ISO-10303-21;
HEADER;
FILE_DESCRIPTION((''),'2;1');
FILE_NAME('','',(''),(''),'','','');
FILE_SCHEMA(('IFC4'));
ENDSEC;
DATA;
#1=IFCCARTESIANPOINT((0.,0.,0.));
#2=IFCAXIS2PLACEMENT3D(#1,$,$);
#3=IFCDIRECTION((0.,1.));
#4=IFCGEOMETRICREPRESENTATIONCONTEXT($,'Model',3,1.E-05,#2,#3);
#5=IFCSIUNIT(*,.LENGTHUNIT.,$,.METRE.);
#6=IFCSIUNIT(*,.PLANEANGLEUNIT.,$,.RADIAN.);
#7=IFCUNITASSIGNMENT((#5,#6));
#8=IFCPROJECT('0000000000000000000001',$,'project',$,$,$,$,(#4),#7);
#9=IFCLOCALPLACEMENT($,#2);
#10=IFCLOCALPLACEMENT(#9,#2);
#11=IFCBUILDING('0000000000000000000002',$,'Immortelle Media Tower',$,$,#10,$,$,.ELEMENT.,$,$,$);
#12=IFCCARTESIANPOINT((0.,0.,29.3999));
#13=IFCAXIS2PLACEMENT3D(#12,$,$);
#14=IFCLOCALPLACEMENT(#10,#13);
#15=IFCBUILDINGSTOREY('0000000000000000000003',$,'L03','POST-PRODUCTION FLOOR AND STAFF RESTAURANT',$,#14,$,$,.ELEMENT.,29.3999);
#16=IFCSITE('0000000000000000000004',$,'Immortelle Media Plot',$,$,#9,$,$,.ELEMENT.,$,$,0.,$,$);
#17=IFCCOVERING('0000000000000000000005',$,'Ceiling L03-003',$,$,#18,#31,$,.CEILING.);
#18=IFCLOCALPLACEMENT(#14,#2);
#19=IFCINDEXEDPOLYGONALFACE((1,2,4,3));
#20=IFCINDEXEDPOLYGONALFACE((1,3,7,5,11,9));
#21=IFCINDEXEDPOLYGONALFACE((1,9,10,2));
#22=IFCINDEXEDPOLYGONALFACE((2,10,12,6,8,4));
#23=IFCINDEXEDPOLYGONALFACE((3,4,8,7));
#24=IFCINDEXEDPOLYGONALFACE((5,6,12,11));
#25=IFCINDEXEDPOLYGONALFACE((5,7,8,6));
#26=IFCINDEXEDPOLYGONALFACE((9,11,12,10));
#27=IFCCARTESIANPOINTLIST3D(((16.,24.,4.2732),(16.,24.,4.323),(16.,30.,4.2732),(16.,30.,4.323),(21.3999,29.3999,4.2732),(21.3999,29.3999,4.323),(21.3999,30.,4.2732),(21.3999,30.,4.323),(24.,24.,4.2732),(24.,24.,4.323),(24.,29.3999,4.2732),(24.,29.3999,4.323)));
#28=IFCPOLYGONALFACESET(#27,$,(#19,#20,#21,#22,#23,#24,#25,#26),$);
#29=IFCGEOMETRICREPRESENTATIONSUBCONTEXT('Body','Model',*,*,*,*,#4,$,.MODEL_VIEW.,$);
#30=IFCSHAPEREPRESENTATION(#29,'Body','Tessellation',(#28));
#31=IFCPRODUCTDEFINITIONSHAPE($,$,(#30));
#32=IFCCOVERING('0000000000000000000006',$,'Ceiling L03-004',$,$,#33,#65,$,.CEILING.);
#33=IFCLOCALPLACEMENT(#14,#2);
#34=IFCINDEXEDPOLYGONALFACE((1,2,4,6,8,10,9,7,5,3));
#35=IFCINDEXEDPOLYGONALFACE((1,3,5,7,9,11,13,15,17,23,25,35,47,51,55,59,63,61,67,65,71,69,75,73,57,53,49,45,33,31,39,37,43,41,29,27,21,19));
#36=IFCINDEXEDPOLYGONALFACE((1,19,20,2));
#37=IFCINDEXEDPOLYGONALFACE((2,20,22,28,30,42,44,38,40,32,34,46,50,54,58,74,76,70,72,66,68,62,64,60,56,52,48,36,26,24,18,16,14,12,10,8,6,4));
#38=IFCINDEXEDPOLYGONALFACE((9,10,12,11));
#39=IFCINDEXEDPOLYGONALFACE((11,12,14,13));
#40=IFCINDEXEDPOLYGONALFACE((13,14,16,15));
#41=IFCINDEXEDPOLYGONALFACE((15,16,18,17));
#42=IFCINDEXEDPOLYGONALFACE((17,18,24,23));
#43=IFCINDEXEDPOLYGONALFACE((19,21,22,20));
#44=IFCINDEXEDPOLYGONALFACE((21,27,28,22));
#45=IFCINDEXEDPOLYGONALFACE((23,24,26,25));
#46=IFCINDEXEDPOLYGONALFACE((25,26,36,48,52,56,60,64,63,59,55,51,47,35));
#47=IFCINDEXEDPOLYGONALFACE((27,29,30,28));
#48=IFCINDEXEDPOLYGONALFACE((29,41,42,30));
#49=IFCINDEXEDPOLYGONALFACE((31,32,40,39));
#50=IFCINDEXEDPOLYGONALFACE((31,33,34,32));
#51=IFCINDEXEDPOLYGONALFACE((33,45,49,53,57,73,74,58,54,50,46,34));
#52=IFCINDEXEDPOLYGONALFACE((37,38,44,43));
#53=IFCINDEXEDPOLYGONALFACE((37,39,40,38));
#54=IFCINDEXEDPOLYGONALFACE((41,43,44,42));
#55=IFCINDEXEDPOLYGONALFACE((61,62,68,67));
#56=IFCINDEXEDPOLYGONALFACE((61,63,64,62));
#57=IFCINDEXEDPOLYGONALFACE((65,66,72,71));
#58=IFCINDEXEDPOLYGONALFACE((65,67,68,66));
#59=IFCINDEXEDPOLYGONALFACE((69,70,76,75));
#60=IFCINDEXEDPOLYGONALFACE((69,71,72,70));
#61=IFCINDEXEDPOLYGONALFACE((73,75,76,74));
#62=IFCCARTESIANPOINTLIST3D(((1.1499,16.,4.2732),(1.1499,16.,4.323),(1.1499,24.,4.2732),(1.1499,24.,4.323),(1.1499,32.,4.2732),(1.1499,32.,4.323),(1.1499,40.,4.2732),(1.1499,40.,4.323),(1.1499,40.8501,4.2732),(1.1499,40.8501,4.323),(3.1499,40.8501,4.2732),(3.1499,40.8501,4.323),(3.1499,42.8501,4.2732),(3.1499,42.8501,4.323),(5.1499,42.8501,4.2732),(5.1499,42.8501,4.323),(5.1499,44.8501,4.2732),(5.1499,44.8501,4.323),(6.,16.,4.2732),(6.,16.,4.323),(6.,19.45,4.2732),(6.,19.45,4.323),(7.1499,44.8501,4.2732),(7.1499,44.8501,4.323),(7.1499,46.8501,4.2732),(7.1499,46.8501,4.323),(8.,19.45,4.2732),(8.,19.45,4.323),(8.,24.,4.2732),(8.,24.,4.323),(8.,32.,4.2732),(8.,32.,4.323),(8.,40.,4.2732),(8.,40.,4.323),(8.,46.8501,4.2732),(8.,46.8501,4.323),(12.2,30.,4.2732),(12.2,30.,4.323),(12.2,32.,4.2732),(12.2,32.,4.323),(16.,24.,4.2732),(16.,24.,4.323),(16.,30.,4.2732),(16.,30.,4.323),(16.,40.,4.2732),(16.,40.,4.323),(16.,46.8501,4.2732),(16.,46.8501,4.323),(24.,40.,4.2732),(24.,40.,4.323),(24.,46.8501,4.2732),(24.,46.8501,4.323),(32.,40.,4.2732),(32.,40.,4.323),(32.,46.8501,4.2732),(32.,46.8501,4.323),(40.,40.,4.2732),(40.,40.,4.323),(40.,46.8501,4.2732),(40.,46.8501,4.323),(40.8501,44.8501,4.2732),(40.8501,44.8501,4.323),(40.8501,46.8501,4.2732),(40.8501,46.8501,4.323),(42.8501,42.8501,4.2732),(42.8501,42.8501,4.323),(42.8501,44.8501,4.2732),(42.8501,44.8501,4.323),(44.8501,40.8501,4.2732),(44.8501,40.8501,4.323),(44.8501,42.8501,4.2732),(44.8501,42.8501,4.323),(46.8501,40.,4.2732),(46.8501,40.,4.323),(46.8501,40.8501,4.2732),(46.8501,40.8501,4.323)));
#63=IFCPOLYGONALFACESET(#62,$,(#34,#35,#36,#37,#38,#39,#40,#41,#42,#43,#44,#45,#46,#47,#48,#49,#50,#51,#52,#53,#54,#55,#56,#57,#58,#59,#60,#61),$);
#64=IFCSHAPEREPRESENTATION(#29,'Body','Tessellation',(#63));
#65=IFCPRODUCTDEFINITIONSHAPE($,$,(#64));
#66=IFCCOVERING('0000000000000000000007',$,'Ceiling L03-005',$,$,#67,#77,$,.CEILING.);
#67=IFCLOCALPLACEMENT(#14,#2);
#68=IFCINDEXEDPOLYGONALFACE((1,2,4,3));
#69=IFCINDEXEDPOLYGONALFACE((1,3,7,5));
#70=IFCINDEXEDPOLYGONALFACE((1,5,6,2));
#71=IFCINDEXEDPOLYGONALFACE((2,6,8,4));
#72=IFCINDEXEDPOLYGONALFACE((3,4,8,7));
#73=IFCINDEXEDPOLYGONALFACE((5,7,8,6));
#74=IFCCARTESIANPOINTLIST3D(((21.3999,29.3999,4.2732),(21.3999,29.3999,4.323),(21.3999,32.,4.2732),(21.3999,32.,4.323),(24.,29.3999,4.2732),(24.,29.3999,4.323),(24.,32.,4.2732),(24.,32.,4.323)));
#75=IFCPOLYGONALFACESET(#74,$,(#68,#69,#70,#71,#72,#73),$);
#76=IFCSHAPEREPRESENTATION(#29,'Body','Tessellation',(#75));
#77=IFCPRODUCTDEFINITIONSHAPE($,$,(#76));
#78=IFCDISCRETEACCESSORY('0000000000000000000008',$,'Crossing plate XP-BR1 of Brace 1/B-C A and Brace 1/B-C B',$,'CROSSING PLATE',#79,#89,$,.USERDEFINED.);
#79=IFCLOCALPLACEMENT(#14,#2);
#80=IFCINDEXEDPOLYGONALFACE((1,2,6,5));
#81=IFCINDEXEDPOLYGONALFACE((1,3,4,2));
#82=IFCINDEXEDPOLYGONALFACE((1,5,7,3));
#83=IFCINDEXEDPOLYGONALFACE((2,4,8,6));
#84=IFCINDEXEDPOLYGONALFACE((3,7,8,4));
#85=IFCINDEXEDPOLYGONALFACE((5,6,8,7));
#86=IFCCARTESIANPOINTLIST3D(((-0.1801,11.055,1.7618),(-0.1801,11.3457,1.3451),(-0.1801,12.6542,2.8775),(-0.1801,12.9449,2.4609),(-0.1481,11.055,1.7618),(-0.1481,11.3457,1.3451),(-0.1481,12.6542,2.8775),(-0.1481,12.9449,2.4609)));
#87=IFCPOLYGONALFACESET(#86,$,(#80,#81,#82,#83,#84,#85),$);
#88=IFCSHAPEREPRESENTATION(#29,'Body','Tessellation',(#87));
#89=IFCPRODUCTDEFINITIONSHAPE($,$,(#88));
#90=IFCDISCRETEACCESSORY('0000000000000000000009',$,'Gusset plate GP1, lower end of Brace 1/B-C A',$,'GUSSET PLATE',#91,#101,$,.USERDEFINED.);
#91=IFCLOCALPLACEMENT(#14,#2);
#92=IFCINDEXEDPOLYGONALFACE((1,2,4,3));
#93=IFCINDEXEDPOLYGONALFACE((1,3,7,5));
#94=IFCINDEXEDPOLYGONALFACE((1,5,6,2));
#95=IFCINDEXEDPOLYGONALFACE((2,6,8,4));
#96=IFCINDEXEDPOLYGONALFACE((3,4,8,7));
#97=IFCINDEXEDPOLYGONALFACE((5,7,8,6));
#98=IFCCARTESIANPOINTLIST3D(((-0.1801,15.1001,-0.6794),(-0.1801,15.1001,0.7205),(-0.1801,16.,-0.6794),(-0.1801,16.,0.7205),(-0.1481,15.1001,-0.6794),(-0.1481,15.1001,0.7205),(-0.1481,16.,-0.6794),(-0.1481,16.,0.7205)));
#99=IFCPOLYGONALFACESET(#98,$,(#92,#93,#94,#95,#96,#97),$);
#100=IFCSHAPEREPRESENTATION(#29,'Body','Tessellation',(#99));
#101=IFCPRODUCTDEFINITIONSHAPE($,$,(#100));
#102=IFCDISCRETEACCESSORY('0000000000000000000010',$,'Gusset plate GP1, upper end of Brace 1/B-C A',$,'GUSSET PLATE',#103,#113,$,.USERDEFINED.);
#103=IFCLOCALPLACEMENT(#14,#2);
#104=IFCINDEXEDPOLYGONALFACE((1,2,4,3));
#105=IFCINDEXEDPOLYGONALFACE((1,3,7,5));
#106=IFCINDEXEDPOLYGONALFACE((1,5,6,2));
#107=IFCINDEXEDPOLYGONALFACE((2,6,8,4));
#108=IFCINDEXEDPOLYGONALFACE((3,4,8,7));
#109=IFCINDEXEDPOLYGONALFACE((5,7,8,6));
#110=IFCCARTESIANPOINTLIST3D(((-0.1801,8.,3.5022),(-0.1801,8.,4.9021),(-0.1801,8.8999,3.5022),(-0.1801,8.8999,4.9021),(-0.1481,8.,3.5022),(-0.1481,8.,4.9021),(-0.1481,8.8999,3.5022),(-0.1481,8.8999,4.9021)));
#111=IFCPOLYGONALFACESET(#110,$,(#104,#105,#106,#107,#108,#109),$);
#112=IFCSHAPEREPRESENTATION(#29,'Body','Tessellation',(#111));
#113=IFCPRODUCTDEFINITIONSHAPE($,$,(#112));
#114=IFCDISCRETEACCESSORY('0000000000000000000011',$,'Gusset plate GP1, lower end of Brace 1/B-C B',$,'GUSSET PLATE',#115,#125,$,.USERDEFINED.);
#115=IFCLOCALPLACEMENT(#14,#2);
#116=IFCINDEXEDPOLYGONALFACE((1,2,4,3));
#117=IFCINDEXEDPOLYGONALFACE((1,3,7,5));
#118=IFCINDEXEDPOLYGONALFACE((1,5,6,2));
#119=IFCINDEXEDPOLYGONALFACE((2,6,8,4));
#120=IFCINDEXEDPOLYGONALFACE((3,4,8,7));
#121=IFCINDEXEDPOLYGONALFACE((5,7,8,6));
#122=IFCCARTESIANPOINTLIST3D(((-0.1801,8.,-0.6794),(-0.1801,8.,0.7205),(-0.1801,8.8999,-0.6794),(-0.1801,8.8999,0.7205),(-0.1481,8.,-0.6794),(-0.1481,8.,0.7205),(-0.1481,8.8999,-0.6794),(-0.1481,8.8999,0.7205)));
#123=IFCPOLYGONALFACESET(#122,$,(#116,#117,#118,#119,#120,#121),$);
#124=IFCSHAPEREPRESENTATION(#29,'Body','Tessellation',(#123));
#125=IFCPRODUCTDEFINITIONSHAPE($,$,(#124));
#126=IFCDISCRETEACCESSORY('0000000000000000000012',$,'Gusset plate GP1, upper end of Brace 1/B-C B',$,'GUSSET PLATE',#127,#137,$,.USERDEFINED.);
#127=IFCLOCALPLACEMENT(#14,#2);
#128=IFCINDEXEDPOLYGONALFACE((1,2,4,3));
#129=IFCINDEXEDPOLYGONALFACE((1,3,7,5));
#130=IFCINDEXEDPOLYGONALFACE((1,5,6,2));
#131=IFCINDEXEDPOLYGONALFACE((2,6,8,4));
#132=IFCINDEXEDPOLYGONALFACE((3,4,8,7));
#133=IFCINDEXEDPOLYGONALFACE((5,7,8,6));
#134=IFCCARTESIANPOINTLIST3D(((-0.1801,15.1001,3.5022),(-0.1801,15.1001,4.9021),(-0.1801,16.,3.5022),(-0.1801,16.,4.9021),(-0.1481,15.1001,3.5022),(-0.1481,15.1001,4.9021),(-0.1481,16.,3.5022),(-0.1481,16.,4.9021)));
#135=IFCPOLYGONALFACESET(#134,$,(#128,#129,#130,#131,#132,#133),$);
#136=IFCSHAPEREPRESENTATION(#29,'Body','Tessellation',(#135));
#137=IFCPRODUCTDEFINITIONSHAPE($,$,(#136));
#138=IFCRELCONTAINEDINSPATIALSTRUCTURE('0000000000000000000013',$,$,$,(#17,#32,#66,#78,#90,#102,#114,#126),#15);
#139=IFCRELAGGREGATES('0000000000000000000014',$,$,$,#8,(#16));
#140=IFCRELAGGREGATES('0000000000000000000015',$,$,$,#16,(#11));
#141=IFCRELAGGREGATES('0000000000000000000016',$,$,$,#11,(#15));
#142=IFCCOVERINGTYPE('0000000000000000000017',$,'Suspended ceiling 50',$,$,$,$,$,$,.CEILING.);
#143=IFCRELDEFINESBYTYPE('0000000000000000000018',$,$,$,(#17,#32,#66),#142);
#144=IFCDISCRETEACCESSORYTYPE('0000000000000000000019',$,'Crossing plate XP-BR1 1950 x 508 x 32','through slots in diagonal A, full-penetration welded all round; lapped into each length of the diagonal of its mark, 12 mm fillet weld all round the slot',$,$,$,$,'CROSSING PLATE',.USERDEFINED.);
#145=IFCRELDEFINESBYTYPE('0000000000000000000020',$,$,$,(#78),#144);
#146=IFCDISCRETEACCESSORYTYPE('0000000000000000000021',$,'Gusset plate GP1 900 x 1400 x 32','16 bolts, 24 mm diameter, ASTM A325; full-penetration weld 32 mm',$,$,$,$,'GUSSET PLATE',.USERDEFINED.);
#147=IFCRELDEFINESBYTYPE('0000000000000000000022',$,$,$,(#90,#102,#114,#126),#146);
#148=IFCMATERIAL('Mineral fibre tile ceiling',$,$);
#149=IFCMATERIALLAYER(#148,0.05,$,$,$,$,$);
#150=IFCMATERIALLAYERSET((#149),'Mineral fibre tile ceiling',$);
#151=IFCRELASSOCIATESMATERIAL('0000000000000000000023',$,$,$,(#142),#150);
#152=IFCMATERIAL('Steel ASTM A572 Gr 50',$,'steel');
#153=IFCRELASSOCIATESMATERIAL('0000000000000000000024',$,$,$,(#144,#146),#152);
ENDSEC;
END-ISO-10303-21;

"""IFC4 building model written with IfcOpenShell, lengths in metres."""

from ifc_helpers import new_model, si_unit, direction, frame, origin, origin_2d, place, context, subcontext, project, spatial, polyline, rectangle, outline, extrude, material, layer, layer_set, material_profile, profile_set, type_object, element, save


model = new_model("IFC4")

# Units and contexts
model_context = context("Model", 3, precision=1e-05, world=origin(), true_north=direction((0.0, 1.0)))
body_context = subcontext(model_context, "Body", "Model", "MODEL_VIEW")
ifc_project = project(units=[si_unit("LENGTHUNIT", "METRE"), si_unit("PLANEANGLEUNIT", "RADIAN")], contexts=[model_context])

# Site, building, storey
site_placement = place(None, origin())
site = spatial("IfcSite", under=ifc_project, at=site_placement, Name="Immortelle Media Plot", CompositionType="ELEMENT", RefElevation=0.0)
building_placement = place(site_placement, origin())
building = spatial("IfcBuilding", under=site, at=building_placement, Name="Immortelle Media Tower", CompositionType="ELEMENT")
storey_placement = place(building_placement, frame((0.0, 0.0, 29.3999)))
storey = spatial("IfcBuildingStorey", under=building, at=storey_placement, Name="L03", Description="POST-PRODUCTION FLOOR AND STAFF RESTAURANT", CompositionType="ELEMENT", Elevation=29.3999)

# Shared definitions
ifc_material_1 = material(Name="Steel ASTM A572 Gr 50", Category="steel")

# Coverings
ifc_material_2 = material(Name="Mineral fibre tile ceiling")
ifc_layer_1 = layer(ifc_material_2, 0.05)
ifc_layer_set_1 = layer_set([ifc_layer_1], Name="Mineral fibre tile ceiling")
covering_type = type_object("IfcCoveringType", Name="Suspended ceiling 50", PredefinedType="CEILING", material=ifc_layer_set_1)
covering_1_placement = place(storey_placement, frame((0.0, 0.0, 4.2732)))
element("IfcCovering", 1, at=covering_1_placement, inside=storey, type_object=covering_type, Name="Ceiling L03-003", PredefinedType="CEILING", context=body_context, shape_type="SweptSolid", body=[
    extrude(outline(polyline([(16.0, 30.0), (21.3999, 30.0), (21.3999, 29.3999), (24.0, 29.3999), (24.0, 24.0), (16.0, 24.0), (16.0, 30.0)])), origin(), (0.0, 0.0, 1.0), 0.0498),
])
covering_2_placement = place(storey_placement, frame((0.0, 0.0, 4.2732)))
element("IfcCovering", 2, at=covering_2_placement, inside=storey, type_object=covering_type, Name="Ceiling L03-004", PredefinedType="CEILING", context=body_context, shape_type="SweptSolid", body=[
    extrude(outline(polyline([(6.0, 16.0), (1.1499, 16.0), (1.1499, 24.0), (1.1499, 32.0), (1.1499, 40.0), (1.1499, 40.8501), (3.1499, 40.8501), (3.1499, 42.8501), (5.1499, 42.8501), (5.1499, 44.8501), (7.1499, 44.8501), (7.1499, 46.8501), (8.0, 46.8501), (16.0, 46.8501), (24.0, 46.8501), (32.0, 46.8501), (40.0, 46.8501), (40.8501, 46.8501), (40.8501, 44.8501), (42.8501, 44.8501), (42.8501, 42.8501), (44.8501, 42.8501), (44.8501, 40.8501), (46.8501, 40.8501), (46.8501, 40.0), (40.0, 40.0), (32.0, 40.0), (24.0, 40.0), (16.0, 40.0), (8.0, 40.0), (8.0, 32.0), (12.2, 32.0), (12.2, 30.0), (16.0, 30.0), (16.0, 24.0), (8.0, 24.0), (8.0, 19.45), (6.0, 19.45), (6.0, 16.0)])), origin(), (0.0, 0.0, 1.0), 0.0498),
])
covering_3_placement = place(storey_placement, frame((0.0, 0.0, 4.2732)))
element("IfcCovering", 3, at=covering_3_placement, inside=storey, type_object=covering_type, Name="Ceiling L03-005", PredefinedType="CEILING", context=body_context, shape_type="SweptSolid", body=[
    extrude(outline(polyline([(24.0, 29.3999), (21.3999, 29.3999), (21.3999, 32.0), (24.0, 32.0), (24.0, 29.3999)])), origin(), (0.0, 0.0, 1.0), 0.0498),
])

# Discrete accessories
ifc_material_profile_1 = material_profile(ifc_material_1, rectangle(XDim=0.032, YDim=0.5081, at=origin_2d()), Name="PL 32 x 508")
ifc_profile_set_1 = profile_set([ifc_material_profile_1], Name="Steel ASTM A572 Gr 50")
discrete_accessory_type_1 = type_object("IfcDiscreteAccessoryType", Name="Crossing plate XP-BR1 1950 x 508 x 32", Description="through slots in diagonal A, full-penetration welded all round; lapped into each length of the diagonal of its mark, 12 mm fillet weld all round the slot", ElementType="CROSSING PLATE", PredefinedType="USERDEFINED", material=ifc_profile_set_1)
discrete_accessory_placement = place(storey_placement, frame((-0.1641, 12.7996, 2.6692), z_axis=(0.0, -0.820113, -0.572201), x_axis=(1.0, 0.0, 0.0)))
element("IfcDiscreteAccessory", 4, at=discrete_accessory_placement, inside=storey, type_object=discrete_accessory_type_1, Name="Crossing plate XP-BR1 of Brace 1/B-C A and Brace 1/B-C B", ObjectType="CROSSING PLATE", PredefinedType="USERDEFINED", context=body_context, shape_type="SweptSolid", body=[
    extrude(rectangle(XDim=0.032, YDim=0.5081, at=origin_2d()), origin(), (0.0, 0.0, 1.0), 1.95),
])
ifc_material_profile_2 = material_profile(ifc_material_1, rectangle(XDim=0.032, YDim=1.3999, at=origin_2d()), Name="PL 32 x 1400")
ifc_profile_set_2 = profile_set([ifc_material_profile_2], Name="Steel ASTM A572 Gr 50")
discrete_accessory_type_2 = type_object("IfcDiscreteAccessoryType", Name="Gusset plate GP1 900 x 1400 x 32", Description="16 bolts, 24 mm diameter, ASTM A325; full-penetration weld 32 mm", ElementType="GUSSET PLATE", PredefinedType="USERDEFINED", material=ifc_profile_set_2)
for number, where, z_axis, x_axis, name in (
    (5, (-0.1641, 16.0, 0.0205), (0.0, -1.0, 0.0), (1.0, 0.0, 0.0), "Gusset plate GP1, lower end of Brace 1/B-C A"),
    (6, (-0.1641, 8.0, 4.2021), (0.0, 1.0, 0.0), (-1.0, 0.0, 0.0), "Gusset plate GP1, upper end of Brace 1/B-C A"),
    (7, (-0.1641, 8.0, 0.0205), (0.0, 1.0, 0.0), (-1.0, 0.0, 0.0), "Gusset plate GP1, lower end of Brace 1/B-C B"),
    (8, (-0.1641, 16.0, 4.2021), (0.0, -1.0, 0.0), (1.0, 0.0, 0.0), "Gusset plate GP1, upper end of Brace 1/B-C B"),
):
    element("IfcDiscreteAccessory", number, at=place(storey_placement, frame(where, z_axis=z_axis, x_axis=x_axis)), inside=storey, type_object=discrete_accessory_type_2, Name=name, ObjectType="GUSSET PLATE", PredefinedType="USERDEFINED", context=body_context, shape_type="SweptSolid", body=[
        extrude(rectangle(XDim=0.032, YDim=1.3999, at=origin_2d()), origin(), (0.0, 0.0, 1.0), 0.8999),
    ])

save(model, "model.ifc")
